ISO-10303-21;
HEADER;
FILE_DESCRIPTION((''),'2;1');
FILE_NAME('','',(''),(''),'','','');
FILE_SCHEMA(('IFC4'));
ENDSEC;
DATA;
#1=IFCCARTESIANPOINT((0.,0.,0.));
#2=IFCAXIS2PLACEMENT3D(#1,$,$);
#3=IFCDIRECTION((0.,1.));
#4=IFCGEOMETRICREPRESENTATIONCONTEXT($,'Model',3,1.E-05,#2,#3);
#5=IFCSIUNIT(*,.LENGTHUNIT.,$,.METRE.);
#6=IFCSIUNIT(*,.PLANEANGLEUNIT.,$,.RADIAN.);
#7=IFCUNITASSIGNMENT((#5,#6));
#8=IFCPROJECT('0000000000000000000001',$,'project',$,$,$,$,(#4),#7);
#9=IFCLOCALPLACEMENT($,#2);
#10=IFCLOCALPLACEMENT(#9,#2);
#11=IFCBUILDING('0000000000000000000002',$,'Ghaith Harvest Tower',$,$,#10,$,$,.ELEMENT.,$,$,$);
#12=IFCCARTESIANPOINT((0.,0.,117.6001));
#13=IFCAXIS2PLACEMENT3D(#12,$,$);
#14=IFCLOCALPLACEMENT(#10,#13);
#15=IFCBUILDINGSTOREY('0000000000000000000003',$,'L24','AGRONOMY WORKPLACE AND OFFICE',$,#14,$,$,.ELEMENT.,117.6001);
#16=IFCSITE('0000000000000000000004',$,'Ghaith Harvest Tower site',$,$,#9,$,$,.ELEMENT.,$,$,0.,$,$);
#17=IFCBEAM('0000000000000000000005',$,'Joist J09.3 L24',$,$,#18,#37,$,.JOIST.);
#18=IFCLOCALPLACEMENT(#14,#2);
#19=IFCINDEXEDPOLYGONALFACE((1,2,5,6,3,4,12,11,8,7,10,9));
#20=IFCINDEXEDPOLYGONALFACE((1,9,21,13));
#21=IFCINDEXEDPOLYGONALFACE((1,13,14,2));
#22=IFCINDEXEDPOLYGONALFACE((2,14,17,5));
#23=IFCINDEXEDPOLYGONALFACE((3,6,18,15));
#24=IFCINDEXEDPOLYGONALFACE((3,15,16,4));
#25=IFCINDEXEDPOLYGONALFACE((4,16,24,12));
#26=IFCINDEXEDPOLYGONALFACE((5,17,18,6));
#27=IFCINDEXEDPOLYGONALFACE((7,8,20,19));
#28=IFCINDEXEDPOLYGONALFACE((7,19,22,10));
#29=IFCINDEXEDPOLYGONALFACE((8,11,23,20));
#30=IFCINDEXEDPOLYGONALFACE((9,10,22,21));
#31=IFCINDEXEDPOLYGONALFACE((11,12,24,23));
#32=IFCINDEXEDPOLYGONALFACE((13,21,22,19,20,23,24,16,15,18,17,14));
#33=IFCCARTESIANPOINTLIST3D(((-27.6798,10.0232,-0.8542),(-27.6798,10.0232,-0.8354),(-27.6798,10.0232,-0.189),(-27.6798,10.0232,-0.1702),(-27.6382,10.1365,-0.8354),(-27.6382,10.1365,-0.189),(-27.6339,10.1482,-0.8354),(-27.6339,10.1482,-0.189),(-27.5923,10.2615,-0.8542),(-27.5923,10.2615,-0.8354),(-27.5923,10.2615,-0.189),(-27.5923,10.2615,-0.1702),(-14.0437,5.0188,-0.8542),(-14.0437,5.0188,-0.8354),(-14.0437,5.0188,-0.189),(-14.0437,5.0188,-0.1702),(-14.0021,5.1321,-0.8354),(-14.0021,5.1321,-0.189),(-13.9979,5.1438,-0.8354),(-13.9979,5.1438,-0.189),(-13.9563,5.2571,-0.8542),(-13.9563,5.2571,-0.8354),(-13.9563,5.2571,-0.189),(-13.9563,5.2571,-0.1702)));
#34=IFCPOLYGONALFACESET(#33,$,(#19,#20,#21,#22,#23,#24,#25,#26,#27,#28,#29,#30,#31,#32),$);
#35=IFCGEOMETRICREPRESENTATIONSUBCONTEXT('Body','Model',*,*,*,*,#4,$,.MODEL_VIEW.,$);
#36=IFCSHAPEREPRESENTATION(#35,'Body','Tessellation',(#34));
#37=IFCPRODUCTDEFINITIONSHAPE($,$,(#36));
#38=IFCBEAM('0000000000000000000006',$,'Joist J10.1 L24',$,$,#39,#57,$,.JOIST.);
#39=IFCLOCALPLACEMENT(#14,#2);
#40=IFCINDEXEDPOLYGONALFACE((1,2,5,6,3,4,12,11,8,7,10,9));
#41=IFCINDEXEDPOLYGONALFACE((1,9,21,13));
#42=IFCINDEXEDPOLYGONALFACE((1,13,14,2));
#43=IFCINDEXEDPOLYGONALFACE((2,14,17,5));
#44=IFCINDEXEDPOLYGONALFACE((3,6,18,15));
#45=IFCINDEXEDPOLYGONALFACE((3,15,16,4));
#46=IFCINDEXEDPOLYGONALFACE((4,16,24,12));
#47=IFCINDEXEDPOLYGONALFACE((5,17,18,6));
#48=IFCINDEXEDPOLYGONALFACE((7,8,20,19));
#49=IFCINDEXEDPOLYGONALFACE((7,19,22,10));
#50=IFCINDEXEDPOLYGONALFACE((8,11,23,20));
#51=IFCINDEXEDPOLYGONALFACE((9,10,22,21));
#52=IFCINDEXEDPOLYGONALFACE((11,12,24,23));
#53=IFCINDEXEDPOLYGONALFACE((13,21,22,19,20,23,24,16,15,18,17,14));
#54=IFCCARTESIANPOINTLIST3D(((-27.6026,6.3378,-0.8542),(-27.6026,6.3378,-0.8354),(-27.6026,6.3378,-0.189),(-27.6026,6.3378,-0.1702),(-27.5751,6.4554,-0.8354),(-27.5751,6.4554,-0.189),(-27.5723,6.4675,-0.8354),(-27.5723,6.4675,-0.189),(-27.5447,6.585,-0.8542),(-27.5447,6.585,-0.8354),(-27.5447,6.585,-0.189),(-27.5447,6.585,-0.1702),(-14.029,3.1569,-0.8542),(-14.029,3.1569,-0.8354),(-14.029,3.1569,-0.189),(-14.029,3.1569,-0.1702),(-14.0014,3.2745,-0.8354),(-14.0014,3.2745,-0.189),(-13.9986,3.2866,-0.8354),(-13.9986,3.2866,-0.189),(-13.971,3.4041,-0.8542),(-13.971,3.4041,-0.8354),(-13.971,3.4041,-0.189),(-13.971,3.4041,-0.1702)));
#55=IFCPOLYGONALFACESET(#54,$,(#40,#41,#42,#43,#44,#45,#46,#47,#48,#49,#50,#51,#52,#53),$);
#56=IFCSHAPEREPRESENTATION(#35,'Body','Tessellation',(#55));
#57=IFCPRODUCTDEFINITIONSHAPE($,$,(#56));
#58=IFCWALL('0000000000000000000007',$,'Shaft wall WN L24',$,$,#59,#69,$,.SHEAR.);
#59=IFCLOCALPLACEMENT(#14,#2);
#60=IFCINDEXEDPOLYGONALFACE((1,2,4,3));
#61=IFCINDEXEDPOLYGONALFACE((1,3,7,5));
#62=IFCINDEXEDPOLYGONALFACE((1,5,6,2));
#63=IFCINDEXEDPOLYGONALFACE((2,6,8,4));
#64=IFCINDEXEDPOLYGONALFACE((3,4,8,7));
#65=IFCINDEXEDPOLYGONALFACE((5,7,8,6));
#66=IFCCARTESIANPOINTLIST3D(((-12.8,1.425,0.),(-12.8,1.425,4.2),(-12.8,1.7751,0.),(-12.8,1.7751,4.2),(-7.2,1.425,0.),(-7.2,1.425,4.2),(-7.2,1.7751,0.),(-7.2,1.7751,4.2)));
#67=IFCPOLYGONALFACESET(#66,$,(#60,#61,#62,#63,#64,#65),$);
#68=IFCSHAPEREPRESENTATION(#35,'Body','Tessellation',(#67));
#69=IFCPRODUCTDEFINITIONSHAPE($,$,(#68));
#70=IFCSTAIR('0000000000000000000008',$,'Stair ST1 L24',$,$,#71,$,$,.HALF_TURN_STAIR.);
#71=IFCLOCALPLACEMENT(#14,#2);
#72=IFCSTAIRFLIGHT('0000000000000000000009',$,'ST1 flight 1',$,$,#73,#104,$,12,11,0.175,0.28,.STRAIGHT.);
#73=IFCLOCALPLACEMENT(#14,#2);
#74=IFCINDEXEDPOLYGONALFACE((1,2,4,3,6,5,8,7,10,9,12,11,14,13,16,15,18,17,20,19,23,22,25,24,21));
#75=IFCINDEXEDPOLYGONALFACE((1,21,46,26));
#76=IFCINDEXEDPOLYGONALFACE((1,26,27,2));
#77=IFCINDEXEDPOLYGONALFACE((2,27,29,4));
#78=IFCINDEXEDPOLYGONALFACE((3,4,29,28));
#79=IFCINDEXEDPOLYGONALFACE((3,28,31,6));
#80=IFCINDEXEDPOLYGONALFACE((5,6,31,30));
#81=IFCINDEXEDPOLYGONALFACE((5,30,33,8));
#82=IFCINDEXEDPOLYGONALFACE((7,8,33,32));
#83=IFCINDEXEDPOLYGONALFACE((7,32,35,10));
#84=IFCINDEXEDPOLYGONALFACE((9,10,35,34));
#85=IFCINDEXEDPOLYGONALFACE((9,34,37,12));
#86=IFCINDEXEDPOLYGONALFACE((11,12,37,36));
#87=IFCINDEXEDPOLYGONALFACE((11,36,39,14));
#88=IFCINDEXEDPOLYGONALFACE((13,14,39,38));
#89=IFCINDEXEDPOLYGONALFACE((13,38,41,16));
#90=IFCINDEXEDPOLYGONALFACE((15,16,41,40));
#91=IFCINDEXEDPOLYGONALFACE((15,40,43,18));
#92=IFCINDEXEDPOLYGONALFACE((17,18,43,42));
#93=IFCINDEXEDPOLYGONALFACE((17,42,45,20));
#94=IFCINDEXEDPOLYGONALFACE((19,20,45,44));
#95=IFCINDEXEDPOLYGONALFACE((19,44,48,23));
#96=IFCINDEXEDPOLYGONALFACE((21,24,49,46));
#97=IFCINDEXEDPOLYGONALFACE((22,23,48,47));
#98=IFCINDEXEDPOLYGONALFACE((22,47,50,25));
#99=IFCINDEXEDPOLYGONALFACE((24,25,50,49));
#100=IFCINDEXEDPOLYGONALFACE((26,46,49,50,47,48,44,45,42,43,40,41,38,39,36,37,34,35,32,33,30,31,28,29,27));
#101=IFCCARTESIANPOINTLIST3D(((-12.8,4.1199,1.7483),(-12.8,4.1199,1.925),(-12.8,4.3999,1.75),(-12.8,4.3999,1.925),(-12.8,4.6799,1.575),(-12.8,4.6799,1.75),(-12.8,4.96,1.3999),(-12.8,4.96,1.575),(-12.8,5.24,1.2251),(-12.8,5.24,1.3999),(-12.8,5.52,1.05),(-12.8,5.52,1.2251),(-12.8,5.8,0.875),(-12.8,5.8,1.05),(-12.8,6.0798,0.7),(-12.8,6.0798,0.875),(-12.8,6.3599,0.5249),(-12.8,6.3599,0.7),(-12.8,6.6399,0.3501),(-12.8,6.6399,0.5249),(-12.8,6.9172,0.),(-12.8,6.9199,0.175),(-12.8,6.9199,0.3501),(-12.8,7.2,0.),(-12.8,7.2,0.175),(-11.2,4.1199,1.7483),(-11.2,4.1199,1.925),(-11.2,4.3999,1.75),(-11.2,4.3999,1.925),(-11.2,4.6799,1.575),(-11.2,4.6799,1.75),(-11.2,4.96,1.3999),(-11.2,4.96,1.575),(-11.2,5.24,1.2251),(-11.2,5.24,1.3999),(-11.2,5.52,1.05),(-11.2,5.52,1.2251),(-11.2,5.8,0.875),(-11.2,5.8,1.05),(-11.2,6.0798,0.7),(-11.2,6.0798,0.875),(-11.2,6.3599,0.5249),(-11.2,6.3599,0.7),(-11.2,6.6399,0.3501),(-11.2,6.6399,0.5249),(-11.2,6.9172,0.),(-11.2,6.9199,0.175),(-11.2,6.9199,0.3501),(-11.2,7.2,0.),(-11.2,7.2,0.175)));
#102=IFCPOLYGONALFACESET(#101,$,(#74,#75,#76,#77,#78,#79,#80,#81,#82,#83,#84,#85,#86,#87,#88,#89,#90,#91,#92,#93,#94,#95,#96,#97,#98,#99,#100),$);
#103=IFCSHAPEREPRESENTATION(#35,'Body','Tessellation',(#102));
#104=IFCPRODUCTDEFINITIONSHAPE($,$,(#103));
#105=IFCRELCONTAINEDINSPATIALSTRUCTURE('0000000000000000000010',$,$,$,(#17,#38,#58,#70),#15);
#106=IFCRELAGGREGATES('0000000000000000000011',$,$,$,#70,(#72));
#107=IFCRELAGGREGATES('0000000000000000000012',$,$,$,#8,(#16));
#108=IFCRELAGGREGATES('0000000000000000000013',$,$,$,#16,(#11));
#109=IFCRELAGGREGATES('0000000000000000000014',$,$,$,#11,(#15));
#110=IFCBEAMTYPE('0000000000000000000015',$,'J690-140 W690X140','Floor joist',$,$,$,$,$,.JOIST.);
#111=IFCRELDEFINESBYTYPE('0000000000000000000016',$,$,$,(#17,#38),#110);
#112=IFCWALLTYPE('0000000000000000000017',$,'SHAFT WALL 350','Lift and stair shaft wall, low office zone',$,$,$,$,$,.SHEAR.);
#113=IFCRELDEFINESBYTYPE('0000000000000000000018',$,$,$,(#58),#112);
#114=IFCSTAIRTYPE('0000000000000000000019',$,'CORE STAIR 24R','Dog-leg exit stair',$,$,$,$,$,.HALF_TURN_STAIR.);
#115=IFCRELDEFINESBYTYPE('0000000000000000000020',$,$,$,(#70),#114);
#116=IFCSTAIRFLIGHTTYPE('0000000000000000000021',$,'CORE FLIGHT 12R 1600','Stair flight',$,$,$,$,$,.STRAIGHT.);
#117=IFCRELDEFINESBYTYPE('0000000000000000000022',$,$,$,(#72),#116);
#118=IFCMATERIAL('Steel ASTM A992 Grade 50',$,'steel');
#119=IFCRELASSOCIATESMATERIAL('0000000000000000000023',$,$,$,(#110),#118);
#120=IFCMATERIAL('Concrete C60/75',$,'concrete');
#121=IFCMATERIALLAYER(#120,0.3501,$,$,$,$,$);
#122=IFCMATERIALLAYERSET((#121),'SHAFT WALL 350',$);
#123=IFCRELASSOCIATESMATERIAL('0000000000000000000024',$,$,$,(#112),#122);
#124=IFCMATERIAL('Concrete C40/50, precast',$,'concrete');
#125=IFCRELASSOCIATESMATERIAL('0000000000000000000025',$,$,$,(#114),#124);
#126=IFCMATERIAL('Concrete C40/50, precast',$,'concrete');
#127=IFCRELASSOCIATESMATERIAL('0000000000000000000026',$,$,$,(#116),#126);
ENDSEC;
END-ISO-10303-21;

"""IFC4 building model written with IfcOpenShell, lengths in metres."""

from ifc_helpers import new_model, si_unit, direction, frame, frame_2d, origin, origin_2d, place, context, subcontext, project, spatial, polyline, rectangle, i_section, outline, extrude, material, layer, layer_set, material_profile, profile_set, type_object, element, aggregate, save


model = new_model("IFC4")

# Units and contexts
model_context = context("Model", 3, precision=1e-05, world=origin(), true_north=direction((0.0, 1.0)))
body_context = subcontext(model_context, "Body", "Model", "MODEL_VIEW")
ifc_project = project(units=[si_unit("LENGTHUNIT", "METRE"), si_unit("PLANEANGLEUNIT", "RADIAN")], contexts=[model_context])

# Site, building, storey
site_placement = place(None, origin())
site = spatial("IfcSite", under=ifc_project, at=site_placement, Name="Ghaith Harvest Tower site", CompositionType="ELEMENT", RefElevation=0.0)
building_placement = place(site_placement, origin())
building = spatial("IfcBuilding", under=site, at=building_placement, Name="Ghaith Harvest Tower", CompositionType="ELEMENT")
storey_placement = place(building_placement, frame((0.0, 0.0, 117.6001)))
storey = spatial("IfcBuildingStorey", under=building, at=storey_placement, Name="L24", Description="AGRONOMY WORKPLACE AND OFFICE", CompositionType="ELEMENT", Elevation=117.6001)

# Beams
ifc_material_1 = material(Name="Steel ASTM A992 Grade 50", Category="steel")
ifc_material_profile_1 = material_profile(ifc_material_1, i_section(OverallWidth=0.2539, OverallDepth=0.6841, WebThickness=0.0125, FlangeThickness=0.0188, at=origin_2d()), Name="W690X140")
ifc_profile_set_1 = profile_set([ifc_material_profile_1], Name="Steel ASTM A992 Grade 50")
beam_type_1 = type_object("IfcBeamType", Name="J690-140 W690X140", Description="Floor joist", PredefinedType="JOIST", material=ifc_profile_set_1)
beam_1_placement = place(storey_placement, frame((-14.0, 5.1379, -0.5122), z_axis=(-0.938775, 0.34453, 0.0), x_axis=(-0.34453, -0.938775, 0.0)))
element("IfcBeam", 1, at=beam_1_placement, inside=storey, type_object=beam_type_1, Name="Joist J09.3 L24", PredefinedType="JOIST", context=body_context, shape_type="SweptSolid", body=[
    extrude(i_section(OverallWidth=0.2539, OverallDepth=0.6841, WebThickness=0.0125, FlangeThickness=0.0188, at=origin_2d()), origin(), (0.0, 0.0, 1.0), 14.5254),
])
beam_2_placement = place(storey_placement, frame((-14.0, 3.2805, -0.5122), z_axis=(-0.973623, 0.228162, 0.0), x_axis=(-0.228162, -0.973623, 0.0)))
element("IfcBeam", 2, at=beam_2_placement, inside=storey, type_object=beam_type_1, Name="Joist J10.1 L24", PredefinedType="JOIST", context=body_context, shape_type="SweptSolid", body=[
    extrude(i_section(OverallWidth=0.2539, OverallDepth=0.6841, WebThickness=0.0125, FlangeThickness=0.0188, at=origin_2d()), origin(), (0.0, 0.0, 1.0), 13.9414),
])

# Wall
ifc_material_2 = material(Name="Concrete C60/75", Category="concrete")
ifc_layer_1 = layer(ifc_material_2, 0.3501)
ifc_layer_set_1 = layer_set([ifc_layer_1], Name="SHAFT WALL 350")
wall_type_1 = type_object("IfcWallType", Name="SHAFT WALL 350", Description="Lift and stair shaft wall, low office zone", PredefinedType="SHEAR", material=ifc_layer_set_1)
wall_1_placement = place(storey_placement, frame((-12.8, 1.6001, 0.0), z_axis=(0.0, 0.0, 1.0), x_axis=(1.0, 0.0, 0.0)))
element("IfcWall", 3, at=wall_1_placement, inside=storey, type_object=wall_type_1, Name="Shaft wall WN L24", PredefinedType="SHEAR", context=body_context, shape_type="SweptSolid", body=[
    extrude(rectangle(XDim=5.6001, YDim=0.3501, at=frame_2d((2.8, 0.0))), origin(), (0.0, 0.0, 1.0), 4.2),
])

# Stair, stair flight
ifc_material_3 = material(Name="Concrete C40/50, precast", Category="concrete")
stair_type = type_object("IfcStairType", Name="CORE STAIR 24R", Description="Dog-leg exit stair", PredefinedType="HALF_TURN_STAIR", material=ifc_material_3)
stair_placement = place(storey_placement, origin())
stair = element("IfcStair", 4, at=stair_placement, inside=storey, type_object=stair_type, Name="Stair ST1 L24", PredefinedType="HALF_TURN_STAIR")
ifc_material_4 = material(Name="Concrete C40/50, precast", Category="concrete")
stair_flight_type = type_object("IfcStairFlightType", Name="CORE FLIGHT 12R 1600", Description="Stair flight", PredefinedType="STRAIGHT", material=ifc_material_4)
stair_flight_placement = place(storey_placement, frame((-12.0, 7.2, 0.0), z_axis=(0.0, 0.0, 1.0), x_axis=(0.0, -1.0, 0.0)))
stair_flight = element("IfcStairFlight", 5, at=stair_flight_placement, type_object=stair_flight_type, Name="ST1 flight 1", NumberOfRisers=12, NumberOfTreads=11, PredefinedType="STRAIGHT", RiserHeight=0.175, TreadLength=0.28, context=body_context, shape_type="SweptSolid", body=[
    extrude(outline(polyline([(0.0, 0.0), (0.0, 0.175), (0.28, 0.175), (0.28, 0.3501), (0.5601, 0.3501), (0.5601, 0.5249), (0.8401, 0.5249), (0.8401, 0.7), (1.1201, 0.7), (1.1201, 0.875), (1.3999, 0.875), (1.3999, 1.05), (1.6799, 1.05), (1.6799, 1.2251), (1.96, 1.2251), (1.96, 1.3999), (2.24, 1.3999), (2.24, 1.575), (2.52, 1.575), (2.52, 1.75), (2.8, 1.75), (2.8, 1.925), (3.0801, 1.925), (3.0801, 2.1001), (3.0801, 1.7483), (0.2827, 0.0), (0.0, 0.0)])), frame((0.0, 0.8, 0.0), z_axis=(0.0, -1.0, 0.0), x_axis=(1.0, 0.0, 0.0)), (0.0, 0.0, 1.0), 1.6001),
])
aggregate(stair, [stair_flight])

save(model, "model.ifc")
